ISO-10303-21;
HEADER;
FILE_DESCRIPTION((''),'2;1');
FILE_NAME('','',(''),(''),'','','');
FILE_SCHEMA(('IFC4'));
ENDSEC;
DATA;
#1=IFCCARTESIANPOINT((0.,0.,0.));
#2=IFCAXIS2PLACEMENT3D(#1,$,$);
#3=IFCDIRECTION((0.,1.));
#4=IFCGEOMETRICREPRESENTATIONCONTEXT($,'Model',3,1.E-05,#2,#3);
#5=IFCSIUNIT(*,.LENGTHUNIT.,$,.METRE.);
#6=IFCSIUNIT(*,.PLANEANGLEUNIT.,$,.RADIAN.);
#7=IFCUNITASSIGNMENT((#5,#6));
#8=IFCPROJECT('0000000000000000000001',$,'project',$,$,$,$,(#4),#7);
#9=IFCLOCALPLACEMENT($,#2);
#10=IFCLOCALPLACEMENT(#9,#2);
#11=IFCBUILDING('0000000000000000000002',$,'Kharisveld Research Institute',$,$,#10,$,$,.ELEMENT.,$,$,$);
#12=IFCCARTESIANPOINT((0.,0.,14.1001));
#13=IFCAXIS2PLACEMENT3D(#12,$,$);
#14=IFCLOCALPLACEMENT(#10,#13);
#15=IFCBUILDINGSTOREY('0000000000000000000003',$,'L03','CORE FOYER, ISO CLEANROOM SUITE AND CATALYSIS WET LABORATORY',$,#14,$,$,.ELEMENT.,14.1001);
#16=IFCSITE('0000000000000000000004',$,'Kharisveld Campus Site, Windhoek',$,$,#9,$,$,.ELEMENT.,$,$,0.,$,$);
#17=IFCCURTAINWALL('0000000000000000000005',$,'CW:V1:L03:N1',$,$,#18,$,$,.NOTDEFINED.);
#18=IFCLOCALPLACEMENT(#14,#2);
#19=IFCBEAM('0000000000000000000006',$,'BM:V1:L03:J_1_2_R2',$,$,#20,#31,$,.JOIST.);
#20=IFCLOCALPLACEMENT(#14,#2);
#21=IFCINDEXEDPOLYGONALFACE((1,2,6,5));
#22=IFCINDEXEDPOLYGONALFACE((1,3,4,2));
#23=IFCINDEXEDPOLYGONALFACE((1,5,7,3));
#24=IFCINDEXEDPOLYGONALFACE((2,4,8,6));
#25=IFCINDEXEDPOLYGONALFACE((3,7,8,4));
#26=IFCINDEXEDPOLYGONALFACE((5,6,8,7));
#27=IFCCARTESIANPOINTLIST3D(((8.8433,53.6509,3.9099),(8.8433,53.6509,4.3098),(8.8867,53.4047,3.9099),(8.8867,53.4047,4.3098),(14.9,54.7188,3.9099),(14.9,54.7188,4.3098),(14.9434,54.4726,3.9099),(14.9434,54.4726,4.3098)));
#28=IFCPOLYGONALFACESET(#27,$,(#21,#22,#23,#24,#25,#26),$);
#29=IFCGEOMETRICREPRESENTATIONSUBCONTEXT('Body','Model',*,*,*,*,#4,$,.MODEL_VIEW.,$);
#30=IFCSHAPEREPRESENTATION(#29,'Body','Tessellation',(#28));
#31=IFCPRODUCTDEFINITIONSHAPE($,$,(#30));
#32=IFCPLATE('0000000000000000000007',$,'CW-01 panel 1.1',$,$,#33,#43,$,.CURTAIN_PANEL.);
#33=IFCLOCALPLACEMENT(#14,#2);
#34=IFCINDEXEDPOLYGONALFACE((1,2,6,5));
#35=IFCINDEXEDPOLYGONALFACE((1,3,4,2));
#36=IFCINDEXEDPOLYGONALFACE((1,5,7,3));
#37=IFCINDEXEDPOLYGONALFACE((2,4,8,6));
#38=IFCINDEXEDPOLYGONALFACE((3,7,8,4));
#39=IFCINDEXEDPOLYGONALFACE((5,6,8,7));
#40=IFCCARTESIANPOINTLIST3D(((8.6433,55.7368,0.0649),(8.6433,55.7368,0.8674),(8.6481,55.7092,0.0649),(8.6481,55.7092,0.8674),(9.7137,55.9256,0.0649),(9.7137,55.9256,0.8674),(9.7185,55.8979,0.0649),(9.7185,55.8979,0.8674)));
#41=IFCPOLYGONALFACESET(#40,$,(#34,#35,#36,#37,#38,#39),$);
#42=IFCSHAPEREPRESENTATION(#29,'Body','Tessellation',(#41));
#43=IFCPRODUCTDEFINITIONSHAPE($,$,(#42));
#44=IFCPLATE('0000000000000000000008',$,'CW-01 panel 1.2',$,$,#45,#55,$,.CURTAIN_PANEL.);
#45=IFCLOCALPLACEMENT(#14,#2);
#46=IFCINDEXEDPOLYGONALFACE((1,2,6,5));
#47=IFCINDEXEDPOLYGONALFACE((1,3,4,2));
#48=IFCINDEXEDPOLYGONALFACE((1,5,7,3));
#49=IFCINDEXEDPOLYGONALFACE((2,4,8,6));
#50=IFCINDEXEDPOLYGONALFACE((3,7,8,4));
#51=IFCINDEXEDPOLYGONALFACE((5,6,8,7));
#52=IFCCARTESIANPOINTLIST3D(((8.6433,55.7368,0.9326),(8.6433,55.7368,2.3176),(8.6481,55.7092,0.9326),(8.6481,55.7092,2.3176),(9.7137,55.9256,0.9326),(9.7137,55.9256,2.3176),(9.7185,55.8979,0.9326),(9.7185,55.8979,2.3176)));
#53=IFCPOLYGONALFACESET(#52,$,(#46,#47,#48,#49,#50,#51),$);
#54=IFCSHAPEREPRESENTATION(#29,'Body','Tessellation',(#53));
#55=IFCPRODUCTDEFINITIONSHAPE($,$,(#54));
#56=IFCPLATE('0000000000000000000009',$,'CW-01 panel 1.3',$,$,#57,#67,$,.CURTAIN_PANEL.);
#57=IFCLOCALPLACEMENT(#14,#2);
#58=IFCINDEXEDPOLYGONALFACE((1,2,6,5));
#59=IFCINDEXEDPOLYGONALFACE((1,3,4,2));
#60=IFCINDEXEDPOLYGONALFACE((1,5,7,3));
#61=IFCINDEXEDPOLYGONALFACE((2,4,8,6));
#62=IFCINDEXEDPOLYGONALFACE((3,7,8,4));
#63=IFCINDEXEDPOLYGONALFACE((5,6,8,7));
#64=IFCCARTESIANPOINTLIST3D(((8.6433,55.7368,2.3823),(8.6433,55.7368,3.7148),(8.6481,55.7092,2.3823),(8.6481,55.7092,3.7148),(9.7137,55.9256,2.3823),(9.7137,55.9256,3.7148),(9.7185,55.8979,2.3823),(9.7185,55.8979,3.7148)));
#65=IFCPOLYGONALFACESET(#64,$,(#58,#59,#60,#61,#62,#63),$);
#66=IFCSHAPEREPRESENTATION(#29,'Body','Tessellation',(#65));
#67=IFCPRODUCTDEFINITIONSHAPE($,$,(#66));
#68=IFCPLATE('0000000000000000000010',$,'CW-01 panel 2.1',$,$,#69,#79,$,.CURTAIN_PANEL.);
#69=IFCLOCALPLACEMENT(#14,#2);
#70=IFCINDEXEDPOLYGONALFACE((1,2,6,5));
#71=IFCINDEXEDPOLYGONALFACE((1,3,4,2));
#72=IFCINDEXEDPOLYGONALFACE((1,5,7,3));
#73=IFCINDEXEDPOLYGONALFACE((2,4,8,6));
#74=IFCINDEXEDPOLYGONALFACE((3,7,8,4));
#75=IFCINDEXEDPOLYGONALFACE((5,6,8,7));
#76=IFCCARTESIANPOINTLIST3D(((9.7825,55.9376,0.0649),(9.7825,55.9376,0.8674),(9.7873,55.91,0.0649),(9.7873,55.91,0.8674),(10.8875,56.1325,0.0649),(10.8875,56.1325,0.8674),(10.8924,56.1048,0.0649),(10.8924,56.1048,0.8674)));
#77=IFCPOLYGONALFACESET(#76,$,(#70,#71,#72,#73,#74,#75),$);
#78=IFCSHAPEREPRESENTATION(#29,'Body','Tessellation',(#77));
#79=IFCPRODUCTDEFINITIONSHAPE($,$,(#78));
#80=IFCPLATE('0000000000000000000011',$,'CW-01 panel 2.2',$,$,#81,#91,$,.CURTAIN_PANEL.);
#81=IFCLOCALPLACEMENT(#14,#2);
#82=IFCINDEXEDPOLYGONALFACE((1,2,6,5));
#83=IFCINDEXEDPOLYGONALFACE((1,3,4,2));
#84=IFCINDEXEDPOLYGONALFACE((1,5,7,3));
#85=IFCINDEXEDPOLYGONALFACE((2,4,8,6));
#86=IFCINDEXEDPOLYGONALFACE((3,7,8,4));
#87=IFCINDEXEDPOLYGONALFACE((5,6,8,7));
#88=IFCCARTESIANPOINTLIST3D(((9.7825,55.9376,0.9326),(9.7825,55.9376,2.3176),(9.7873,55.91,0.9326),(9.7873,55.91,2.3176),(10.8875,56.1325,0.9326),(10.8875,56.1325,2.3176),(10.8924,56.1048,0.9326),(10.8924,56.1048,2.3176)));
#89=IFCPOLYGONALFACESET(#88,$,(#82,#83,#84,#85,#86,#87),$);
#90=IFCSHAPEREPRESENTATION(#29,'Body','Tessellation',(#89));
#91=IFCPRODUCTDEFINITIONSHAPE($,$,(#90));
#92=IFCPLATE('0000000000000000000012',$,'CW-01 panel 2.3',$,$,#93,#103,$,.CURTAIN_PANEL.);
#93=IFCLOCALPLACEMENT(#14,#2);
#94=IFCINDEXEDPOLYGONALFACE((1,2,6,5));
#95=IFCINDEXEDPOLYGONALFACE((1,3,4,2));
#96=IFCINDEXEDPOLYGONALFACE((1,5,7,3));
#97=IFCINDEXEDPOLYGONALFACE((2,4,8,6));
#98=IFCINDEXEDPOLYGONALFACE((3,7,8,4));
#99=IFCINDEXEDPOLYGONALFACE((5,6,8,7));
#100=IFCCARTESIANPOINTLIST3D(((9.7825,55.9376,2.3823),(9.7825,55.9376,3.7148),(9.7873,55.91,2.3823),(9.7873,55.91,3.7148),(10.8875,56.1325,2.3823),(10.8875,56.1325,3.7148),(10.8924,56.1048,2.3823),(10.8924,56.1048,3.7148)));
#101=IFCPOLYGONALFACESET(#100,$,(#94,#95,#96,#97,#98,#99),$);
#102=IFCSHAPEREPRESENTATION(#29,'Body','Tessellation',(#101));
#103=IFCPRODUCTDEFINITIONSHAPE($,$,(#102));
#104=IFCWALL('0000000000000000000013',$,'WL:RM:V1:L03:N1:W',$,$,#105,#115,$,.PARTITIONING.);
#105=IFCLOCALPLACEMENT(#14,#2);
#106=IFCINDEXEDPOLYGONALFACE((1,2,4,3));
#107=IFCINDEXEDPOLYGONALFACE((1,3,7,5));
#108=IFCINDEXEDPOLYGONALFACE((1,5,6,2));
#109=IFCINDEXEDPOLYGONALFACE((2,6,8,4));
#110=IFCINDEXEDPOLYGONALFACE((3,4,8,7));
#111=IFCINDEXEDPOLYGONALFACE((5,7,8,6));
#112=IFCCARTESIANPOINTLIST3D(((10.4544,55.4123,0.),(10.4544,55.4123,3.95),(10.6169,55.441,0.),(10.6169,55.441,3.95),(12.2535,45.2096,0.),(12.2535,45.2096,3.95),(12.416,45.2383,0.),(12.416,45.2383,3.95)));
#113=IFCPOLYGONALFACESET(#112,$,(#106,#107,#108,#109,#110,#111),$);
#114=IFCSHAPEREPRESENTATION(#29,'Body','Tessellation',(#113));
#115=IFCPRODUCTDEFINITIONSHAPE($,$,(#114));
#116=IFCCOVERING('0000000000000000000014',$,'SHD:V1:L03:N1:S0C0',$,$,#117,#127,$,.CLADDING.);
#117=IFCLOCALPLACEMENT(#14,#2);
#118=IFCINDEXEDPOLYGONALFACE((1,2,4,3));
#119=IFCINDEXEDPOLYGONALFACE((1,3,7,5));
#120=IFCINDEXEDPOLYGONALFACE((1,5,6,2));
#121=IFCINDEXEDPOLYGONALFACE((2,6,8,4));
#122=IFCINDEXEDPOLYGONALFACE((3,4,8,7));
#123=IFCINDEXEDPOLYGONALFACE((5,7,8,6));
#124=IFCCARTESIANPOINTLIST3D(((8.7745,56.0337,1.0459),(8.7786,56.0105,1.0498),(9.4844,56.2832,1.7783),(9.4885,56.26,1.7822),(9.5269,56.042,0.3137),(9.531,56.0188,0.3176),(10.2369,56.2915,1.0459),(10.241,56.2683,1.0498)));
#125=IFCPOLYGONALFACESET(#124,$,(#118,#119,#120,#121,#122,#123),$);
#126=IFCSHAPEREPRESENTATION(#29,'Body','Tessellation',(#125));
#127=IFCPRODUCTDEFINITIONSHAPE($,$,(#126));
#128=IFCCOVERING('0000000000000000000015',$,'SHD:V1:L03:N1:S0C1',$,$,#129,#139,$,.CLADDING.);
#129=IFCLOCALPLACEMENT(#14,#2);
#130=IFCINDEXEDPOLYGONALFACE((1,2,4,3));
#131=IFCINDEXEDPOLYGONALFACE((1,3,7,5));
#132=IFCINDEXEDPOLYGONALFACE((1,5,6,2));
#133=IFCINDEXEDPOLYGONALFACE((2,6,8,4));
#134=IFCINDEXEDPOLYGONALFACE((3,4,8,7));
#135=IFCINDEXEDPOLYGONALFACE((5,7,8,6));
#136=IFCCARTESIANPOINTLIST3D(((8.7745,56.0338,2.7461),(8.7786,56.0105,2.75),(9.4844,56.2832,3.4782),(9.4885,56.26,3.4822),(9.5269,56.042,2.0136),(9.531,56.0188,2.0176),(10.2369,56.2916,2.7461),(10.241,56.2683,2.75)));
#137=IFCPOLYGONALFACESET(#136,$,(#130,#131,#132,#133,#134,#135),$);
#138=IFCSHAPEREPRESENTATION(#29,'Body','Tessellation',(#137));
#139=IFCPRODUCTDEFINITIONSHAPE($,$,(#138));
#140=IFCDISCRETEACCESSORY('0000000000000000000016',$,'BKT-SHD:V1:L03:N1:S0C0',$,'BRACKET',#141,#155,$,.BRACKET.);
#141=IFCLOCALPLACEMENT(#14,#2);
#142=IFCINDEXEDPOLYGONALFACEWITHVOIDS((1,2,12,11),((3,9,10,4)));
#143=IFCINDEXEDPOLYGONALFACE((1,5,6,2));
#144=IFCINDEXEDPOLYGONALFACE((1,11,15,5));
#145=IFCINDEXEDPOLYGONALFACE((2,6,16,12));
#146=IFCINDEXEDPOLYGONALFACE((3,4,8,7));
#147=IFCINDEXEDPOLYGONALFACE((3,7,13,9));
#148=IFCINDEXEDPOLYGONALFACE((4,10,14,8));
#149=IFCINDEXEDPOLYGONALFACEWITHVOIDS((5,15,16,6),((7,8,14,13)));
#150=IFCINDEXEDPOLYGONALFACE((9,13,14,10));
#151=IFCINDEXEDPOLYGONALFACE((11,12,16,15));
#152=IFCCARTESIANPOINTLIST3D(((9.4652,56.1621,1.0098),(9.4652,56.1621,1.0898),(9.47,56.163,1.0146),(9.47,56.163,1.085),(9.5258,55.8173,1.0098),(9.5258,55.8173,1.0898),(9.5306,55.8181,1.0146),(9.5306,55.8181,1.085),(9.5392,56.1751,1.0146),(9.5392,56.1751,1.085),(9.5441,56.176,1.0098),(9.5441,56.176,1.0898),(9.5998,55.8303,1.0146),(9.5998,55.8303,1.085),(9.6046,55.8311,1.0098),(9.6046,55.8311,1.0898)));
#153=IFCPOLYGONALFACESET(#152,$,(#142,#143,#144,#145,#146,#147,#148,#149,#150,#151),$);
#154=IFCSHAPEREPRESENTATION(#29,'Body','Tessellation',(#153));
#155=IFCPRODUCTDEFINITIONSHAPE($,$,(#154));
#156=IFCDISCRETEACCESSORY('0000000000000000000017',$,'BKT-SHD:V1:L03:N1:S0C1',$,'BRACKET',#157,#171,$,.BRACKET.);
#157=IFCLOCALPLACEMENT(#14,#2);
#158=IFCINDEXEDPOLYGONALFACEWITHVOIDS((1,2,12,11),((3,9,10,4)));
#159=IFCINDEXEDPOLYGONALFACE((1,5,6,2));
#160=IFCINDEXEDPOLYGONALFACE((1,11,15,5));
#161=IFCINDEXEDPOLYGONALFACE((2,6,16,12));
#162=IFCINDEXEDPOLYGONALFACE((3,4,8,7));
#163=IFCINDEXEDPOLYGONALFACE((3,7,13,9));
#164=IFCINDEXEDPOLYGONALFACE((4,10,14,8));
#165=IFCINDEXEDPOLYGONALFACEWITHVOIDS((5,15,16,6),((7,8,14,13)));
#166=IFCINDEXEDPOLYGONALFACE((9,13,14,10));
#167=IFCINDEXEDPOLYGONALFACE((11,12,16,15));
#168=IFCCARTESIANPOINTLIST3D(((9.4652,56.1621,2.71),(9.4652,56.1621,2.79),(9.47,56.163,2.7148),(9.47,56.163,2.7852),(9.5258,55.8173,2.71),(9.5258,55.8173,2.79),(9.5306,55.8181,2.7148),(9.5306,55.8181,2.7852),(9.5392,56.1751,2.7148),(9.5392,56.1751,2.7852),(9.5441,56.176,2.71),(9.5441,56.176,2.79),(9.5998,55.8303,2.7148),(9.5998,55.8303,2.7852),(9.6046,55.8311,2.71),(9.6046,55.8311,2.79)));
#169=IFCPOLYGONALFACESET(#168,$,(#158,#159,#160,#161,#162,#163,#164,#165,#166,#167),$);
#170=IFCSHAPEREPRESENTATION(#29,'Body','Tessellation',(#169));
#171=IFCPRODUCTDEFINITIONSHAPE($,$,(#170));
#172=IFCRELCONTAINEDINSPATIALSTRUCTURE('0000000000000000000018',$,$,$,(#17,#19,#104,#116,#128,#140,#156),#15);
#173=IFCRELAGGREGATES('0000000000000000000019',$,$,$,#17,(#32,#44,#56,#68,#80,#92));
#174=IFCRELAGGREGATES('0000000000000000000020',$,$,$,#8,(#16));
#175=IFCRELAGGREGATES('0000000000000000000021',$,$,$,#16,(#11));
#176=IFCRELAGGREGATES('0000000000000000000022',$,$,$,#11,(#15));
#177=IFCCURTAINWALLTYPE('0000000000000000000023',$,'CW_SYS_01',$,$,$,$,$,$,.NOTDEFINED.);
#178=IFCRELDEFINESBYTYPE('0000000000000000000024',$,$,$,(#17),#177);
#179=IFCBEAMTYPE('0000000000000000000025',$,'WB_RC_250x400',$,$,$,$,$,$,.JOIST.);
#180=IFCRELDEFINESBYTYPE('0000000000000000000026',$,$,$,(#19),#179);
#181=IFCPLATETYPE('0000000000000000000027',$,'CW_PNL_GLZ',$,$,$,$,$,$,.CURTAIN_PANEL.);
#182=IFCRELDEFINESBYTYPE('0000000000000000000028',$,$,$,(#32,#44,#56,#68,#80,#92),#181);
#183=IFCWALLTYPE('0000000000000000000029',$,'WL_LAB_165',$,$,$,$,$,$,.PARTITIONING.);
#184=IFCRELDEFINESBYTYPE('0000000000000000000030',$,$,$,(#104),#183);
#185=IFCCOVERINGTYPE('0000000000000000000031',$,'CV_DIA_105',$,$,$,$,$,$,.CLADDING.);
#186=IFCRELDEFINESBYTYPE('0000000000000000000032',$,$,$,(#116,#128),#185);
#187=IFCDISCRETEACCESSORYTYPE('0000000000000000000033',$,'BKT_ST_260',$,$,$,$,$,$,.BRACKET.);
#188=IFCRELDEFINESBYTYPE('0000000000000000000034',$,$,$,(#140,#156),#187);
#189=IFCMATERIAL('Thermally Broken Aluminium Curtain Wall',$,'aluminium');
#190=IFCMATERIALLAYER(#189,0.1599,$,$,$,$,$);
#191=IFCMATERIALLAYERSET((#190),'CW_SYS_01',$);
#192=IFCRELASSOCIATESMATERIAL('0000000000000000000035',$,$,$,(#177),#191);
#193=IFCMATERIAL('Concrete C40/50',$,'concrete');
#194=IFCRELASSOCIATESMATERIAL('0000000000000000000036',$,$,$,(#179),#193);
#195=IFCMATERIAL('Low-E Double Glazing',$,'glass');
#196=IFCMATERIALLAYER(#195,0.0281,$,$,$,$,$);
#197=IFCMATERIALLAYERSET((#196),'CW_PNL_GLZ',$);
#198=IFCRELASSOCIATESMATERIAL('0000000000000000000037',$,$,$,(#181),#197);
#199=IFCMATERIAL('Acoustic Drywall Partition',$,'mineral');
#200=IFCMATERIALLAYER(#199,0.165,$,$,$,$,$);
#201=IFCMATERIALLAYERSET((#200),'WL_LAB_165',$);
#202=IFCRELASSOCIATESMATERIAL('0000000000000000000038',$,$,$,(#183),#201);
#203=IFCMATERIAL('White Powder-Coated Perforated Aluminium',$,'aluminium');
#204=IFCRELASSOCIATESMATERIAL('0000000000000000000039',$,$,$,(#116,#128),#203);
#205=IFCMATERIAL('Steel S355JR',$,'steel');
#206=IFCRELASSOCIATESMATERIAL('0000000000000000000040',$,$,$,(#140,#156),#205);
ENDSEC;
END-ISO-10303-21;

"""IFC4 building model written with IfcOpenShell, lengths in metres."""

from ifc_helpers import new_model, si_unit, direction, frame, frame_2d, origin, origin_2d, place, context, subcontext, project, spatial, polyline, rectangle, hollow_rectangle, outline, extrude, material, layer, layer_set, material_profile, profile_set, type_object, element, aggregate, save


model = new_model("IFC4")

# Units and contexts
model_context = context("Model", 3, precision=1e-05, world=origin(), true_north=direction((0.0, 1.0)))
body_context = subcontext(model_context, "Body", "Model", "MODEL_VIEW")
ifc_project = project(units=[si_unit("LENGTHUNIT", "METRE"), si_unit("PLANEANGLEUNIT", "RADIAN")], contexts=[model_context])

# Site, building, storey
site_placement = place(None, origin())
site = spatial("IfcSite", under=ifc_project, at=site_placement, Name="Kharisveld Campus Site, Windhoek", CompositionType="ELEMENT", RefElevation=0.0)
building_placement = place(site_placement, origin())
building = spatial("IfcBuilding", under=site, at=building_placement, Name="Kharisveld Research Institute", CompositionType="ELEMENT")
storey_placement = place(building_placement, frame((0.0, 0.0, 14.1001)))
storey = spatial("IfcBuildingStorey", under=building, at=storey_placement, Name="L03", Description="CORE FOYER, ISO CLEANROOM SUITE AND CATALYSIS WET LABORATORY", CompositionType="ELEMENT", Elevation=14.1001)

# Curtain wall
ifc_material_1 = material(Name="Thermally Broken Aluminium Curtain Wall", Category="aluminium")
ifc_layer_1 = layer(ifc_material_1, 0.1599)
ifc_layer_set_1 = layer_set([ifc_layer_1], Name="CW_SYS_01")
curtain_wall_type = type_object("IfcCurtainWallType", Name="CW_SYS_01", PredefinedType="NOTDEFINED", material=ifc_layer_set_1)
curtain_wall_placement = place(storey_placement, origin())
curtain_wall = element("IfcCurtainWall", 1, at=curtain_wall_placement, inside=storey, type_object=curtain_wall_type, Name="CW:V1:L03:N1", PredefinedType="NOTDEFINED")

# Beam
ifc_material_2 = material(Name="Concrete C40/50", Category="concrete")
ifc_material_profile_1 = material_profile(ifc_material_2, rectangle(XDim=0.25, YDim=0.3999, at=origin_2d()))
ifc_profile_set_1 = profile_set([ifc_material_profile_1], Name="Concrete C40/50")
beam_type = type_object("IfcBeamType", Name="WB_RC_250x400", PredefinedType="JOIST", material=ifc_profile_set_1)
beam_placement = place(storey_placement, frame((8.865, 53.5278, 4.1099), z_axis=(0.98481, 0.173636, 0.0), x_axis=(-0.173636, 0.98481, 0.0)))
element("IfcBeam", 2, at=beam_placement, inside=storey, type_object=beam_type, Name="BM:V1:L03:J_1_2_R2", PredefinedType="JOIST", context=body_context, shape_type="SweptSolid", body=[
    extrude(rectangle(XDim=0.25, YDim=0.3999, at=origin_2d()), origin(), (0.0, 0.0, 1.0), 6.1501),
])

# Plates
ifc_material_3 = material(Name="Low-E Double Glazing", Category="glass")
ifc_layer_2 = layer(ifc_material_3, 0.0281)
ifc_layer_set_2 = layer_set([ifc_layer_2], Name="CW_PNL_GLZ")
plate_type = type_object("IfcPlateType", Name="CW_PNL_GLZ", PredefinedType="CURTAIN_PANEL", material=ifc_layer_set_2)
plate_1_placement = place(storey_placement, frame((9.1809, 55.8174, 0.0649), z_axis=(0.0, 0.0, 1.0), x_axis=(0.984808, 0.173648, 0.0)))
plate_1 = element("IfcPlate", 3, at=plate_1_placement, type_object=plate_type, Name="CW-01 panel 1.1", PredefinedType="CURTAIN_PANEL", context=body_context, shape_type="SweptSolid", body=[
    extrude(rectangle(XDim=1.0869, YDim=0.0281, at=origin_2d()), origin(), (0.0, 0.0, 1.0), 0.8025),
])
plate_2_placement = place(storey_placement, frame((9.1809, 55.8174, 0.9326), z_axis=(0.0, 0.0, 1.0), x_axis=(0.984808, 0.173648, 0.0)))
plate_2 = element("IfcPlate", 4, at=plate_2_placement, type_object=plate_type, Name="CW-01 panel 1.2", PredefinedType="CURTAIN_PANEL", context=body_context, shape_type="SweptSolid", body=[
    extrude(rectangle(XDim=1.0869, YDim=0.0281, at=origin_2d()), origin(), (0.0, 0.0, 1.0), 1.385),
])
plate_3_placement = place(storey_placement, frame((9.1809, 55.8174, 2.3823), z_axis=(0.0, 0.0, 1.0), x_axis=(0.984808, 0.173648, 0.0)))
plate_3 = element("IfcPlate", 5, at=plate_3_placement, type_object=plate_type, Name="CW-01 panel 1.3", PredefinedType="CURTAIN_PANEL", context=body_context, shape_type="SweptSolid", body=[
    extrude(rectangle(XDim=1.0869, YDim=0.0281, at=origin_2d()), origin(), (0.0, 0.0, 1.0), 1.3325),
])
plate_4_placement = place(storey_placement, frame((10.3374, 56.0212, 0.0649), z_axis=(0.0, 0.0, 1.0), x_axis=(0.984808, 0.173648, 0.0)))
plate_4 = element("IfcPlate", 6, at=plate_4_placement, type_object=plate_type, Name="CW-01 panel 2.1", PredefinedType="CURTAIN_PANEL", context=body_context, shape_type="SweptSolid", body=[
    extrude(rectangle(XDim=1.1221, YDim=0.0281, at=origin_2d()), origin(), (0.0, 0.0, 1.0), 0.8025),
])
plate_5_placement = place(storey_placement, frame((10.3374, 56.0212, 0.9326), z_axis=(0.0, 0.0, 1.0), x_axis=(0.984808, 0.173648, 0.0)))
plate_5 = element("IfcPlate", 7, at=plate_5_placement, type_object=plate_type, Name="CW-01 panel 2.2", PredefinedType="CURTAIN_PANEL", context=body_context, shape_type="SweptSolid", body=[
    extrude(rectangle(XDim=1.1221, YDim=0.0281, at=origin_2d()), origin(), (0.0, 0.0, 1.0), 1.385),
])
plate_6_placement = place(storey_placement, frame((10.3374, 56.0212, 2.3823), z_axis=(0.0, 0.0, 1.0), x_axis=(0.984808, 0.173648, 0.0)))
plate_6 = element("IfcPlate", 8, at=plate_6_placement, type_object=plate_type, Name="CW-01 panel 2.3", PredefinedType="CURTAIN_PANEL", context=body_context, shape_type="SweptSolid", body=[
    extrude(rectangle(XDim=1.1221, YDim=0.0281, at=origin_2d()), origin(), (0.0, 0.0, 1.0), 1.3325),
])
aggregate(curtain_wall, [plate_1, plate_2, plate_3, plate_4, plate_5, plate_6])

# Wall
ifc_material_4 = material(Name="Acoustic Drywall Partition", Category="mineral")
ifc_layer_3 = layer(ifc_material_4, 0.165)
ifc_layer_set_3 = layer_set([ifc_layer_3], Name="WL_LAB_165")
wall_type = type_object("IfcWallType", Name="WL_LAB_165", PredefinedType="PARTITIONING", material=ifc_layer_set_3)
wall_placement = place(storey_placement, frame((10.5356, 55.4268, 0.0), z_axis=(0.0, 0.0, 1.0), x_axis=(0.173655, -0.984807, 0.0)))
element("IfcWall", 9, at=wall_placement, inside=storey, type_object=wall_type, Name="WL:RM:V1:L03:N1:W", PredefinedType="PARTITIONING", context=body_context, shape_type="SweptSolid", body=[
    extrude(rectangle(XDim=10.3601, YDim=0.165, at=frame_2d((5.1802, 0.0))), origin(), (0.0, 0.0, 1.0), 3.95),
])

# Coverings
ifc_material_5 = material(Name="White Powder-Coated Perforated Aluminium", Category="aluminium")
covering_type = type_object("IfcCoveringType", Name="CV_DIA_105", PredefinedType="CLADDING")
covering_1_placement = place(storey_placement, frame((9.531, 56.0188, 0.3176), z_axis=(0.171239, -0.971325, 0.164938), x_axis=(0.676192, 0.237624, 0.697352)))
element("IfcCovering", 10, at=covering_1_placement, inside=storey, type_object=covering_type, material=ifc_material_5, Name="SHD:V1:L03:N1:S0C0", PredefinedType="CLADDING", context=body_context, shape_type="SweptSolid", body=[
    extrude(outline(polyline([(0.0, 0.0), (1.0499, 0.0), (1.0499, 1.0501), (-0.0002, 1.0499), (0.0, 0.0)])), origin(), (0.0, 0.0, -1.0), 0.0239),
])
covering_2_placement = place(storey_placement, frame((9.531, 56.0188, 2.0176), z_axis=(0.171239, -0.971325, 0.164938), x_axis=(0.676076, 0.237623, 0.697465)))
element("IfcCovering", 11, at=covering_2_placement, inside=storey, type_object=covering_type, material=ifc_material_5, Name="SHD:V1:L03:N1:S0C1", PredefinedType="CLADDING", context=body_context, shape_type="SweptSolid", body=[
    extrude(outline(polyline([(0.0, 0.0), (1.0501, 0.0), (1.0501, 1.0499), (0.0002, 1.0501), (0.0, 0.0)])), origin(), (0.0, 0.0, -1.0), 0.0239),
])

# Discrete accessories
ifc_material_6 = material(Name="Steel S355JR", Category="steel")
discrete_accessory_type = type_object("IfcDiscreteAccessoryType", Name="BKT_ST_260", PredefinedType="BRACKET")
for number, where, z_axis, x_axis, name in (
    (12, (9.5652, 55.8242, 1.0498), (-0.172989, 0.984924, 0.0), (-0.984924, -0.172989, 0.0), "BKT-SHD:V1:L03:N1:S0C0"),
    (13, (9.5652, 55.8242, 2.75), (-0.172989, 0.984924, 0.0), (-0.984924, -0.172989, 0.0), "BKT-SHD:V1:L03:N1:S0C1"),
):
    element("IfcDiscreteAccessory", number, at=place(storey_placement, frame(where, z_axis=z_axis, x_axis=x_axis)), inside=storey, type_object=discrete_accessory_type, material=ifc_material_6, Name=name, ObjectType="BRACKET", PredefinedType="BRACKET", context=body_context, shape_type="SweptSolid", body=[
        extrude(hollow_rectangle(XDim=0.0801, YDim=0.0801, WallThickness=0.0049, at=origin_2d()), origin(), (0.0, 0.0, 1.0), 0.3501),
    ])

save(model, "model.ifc")
